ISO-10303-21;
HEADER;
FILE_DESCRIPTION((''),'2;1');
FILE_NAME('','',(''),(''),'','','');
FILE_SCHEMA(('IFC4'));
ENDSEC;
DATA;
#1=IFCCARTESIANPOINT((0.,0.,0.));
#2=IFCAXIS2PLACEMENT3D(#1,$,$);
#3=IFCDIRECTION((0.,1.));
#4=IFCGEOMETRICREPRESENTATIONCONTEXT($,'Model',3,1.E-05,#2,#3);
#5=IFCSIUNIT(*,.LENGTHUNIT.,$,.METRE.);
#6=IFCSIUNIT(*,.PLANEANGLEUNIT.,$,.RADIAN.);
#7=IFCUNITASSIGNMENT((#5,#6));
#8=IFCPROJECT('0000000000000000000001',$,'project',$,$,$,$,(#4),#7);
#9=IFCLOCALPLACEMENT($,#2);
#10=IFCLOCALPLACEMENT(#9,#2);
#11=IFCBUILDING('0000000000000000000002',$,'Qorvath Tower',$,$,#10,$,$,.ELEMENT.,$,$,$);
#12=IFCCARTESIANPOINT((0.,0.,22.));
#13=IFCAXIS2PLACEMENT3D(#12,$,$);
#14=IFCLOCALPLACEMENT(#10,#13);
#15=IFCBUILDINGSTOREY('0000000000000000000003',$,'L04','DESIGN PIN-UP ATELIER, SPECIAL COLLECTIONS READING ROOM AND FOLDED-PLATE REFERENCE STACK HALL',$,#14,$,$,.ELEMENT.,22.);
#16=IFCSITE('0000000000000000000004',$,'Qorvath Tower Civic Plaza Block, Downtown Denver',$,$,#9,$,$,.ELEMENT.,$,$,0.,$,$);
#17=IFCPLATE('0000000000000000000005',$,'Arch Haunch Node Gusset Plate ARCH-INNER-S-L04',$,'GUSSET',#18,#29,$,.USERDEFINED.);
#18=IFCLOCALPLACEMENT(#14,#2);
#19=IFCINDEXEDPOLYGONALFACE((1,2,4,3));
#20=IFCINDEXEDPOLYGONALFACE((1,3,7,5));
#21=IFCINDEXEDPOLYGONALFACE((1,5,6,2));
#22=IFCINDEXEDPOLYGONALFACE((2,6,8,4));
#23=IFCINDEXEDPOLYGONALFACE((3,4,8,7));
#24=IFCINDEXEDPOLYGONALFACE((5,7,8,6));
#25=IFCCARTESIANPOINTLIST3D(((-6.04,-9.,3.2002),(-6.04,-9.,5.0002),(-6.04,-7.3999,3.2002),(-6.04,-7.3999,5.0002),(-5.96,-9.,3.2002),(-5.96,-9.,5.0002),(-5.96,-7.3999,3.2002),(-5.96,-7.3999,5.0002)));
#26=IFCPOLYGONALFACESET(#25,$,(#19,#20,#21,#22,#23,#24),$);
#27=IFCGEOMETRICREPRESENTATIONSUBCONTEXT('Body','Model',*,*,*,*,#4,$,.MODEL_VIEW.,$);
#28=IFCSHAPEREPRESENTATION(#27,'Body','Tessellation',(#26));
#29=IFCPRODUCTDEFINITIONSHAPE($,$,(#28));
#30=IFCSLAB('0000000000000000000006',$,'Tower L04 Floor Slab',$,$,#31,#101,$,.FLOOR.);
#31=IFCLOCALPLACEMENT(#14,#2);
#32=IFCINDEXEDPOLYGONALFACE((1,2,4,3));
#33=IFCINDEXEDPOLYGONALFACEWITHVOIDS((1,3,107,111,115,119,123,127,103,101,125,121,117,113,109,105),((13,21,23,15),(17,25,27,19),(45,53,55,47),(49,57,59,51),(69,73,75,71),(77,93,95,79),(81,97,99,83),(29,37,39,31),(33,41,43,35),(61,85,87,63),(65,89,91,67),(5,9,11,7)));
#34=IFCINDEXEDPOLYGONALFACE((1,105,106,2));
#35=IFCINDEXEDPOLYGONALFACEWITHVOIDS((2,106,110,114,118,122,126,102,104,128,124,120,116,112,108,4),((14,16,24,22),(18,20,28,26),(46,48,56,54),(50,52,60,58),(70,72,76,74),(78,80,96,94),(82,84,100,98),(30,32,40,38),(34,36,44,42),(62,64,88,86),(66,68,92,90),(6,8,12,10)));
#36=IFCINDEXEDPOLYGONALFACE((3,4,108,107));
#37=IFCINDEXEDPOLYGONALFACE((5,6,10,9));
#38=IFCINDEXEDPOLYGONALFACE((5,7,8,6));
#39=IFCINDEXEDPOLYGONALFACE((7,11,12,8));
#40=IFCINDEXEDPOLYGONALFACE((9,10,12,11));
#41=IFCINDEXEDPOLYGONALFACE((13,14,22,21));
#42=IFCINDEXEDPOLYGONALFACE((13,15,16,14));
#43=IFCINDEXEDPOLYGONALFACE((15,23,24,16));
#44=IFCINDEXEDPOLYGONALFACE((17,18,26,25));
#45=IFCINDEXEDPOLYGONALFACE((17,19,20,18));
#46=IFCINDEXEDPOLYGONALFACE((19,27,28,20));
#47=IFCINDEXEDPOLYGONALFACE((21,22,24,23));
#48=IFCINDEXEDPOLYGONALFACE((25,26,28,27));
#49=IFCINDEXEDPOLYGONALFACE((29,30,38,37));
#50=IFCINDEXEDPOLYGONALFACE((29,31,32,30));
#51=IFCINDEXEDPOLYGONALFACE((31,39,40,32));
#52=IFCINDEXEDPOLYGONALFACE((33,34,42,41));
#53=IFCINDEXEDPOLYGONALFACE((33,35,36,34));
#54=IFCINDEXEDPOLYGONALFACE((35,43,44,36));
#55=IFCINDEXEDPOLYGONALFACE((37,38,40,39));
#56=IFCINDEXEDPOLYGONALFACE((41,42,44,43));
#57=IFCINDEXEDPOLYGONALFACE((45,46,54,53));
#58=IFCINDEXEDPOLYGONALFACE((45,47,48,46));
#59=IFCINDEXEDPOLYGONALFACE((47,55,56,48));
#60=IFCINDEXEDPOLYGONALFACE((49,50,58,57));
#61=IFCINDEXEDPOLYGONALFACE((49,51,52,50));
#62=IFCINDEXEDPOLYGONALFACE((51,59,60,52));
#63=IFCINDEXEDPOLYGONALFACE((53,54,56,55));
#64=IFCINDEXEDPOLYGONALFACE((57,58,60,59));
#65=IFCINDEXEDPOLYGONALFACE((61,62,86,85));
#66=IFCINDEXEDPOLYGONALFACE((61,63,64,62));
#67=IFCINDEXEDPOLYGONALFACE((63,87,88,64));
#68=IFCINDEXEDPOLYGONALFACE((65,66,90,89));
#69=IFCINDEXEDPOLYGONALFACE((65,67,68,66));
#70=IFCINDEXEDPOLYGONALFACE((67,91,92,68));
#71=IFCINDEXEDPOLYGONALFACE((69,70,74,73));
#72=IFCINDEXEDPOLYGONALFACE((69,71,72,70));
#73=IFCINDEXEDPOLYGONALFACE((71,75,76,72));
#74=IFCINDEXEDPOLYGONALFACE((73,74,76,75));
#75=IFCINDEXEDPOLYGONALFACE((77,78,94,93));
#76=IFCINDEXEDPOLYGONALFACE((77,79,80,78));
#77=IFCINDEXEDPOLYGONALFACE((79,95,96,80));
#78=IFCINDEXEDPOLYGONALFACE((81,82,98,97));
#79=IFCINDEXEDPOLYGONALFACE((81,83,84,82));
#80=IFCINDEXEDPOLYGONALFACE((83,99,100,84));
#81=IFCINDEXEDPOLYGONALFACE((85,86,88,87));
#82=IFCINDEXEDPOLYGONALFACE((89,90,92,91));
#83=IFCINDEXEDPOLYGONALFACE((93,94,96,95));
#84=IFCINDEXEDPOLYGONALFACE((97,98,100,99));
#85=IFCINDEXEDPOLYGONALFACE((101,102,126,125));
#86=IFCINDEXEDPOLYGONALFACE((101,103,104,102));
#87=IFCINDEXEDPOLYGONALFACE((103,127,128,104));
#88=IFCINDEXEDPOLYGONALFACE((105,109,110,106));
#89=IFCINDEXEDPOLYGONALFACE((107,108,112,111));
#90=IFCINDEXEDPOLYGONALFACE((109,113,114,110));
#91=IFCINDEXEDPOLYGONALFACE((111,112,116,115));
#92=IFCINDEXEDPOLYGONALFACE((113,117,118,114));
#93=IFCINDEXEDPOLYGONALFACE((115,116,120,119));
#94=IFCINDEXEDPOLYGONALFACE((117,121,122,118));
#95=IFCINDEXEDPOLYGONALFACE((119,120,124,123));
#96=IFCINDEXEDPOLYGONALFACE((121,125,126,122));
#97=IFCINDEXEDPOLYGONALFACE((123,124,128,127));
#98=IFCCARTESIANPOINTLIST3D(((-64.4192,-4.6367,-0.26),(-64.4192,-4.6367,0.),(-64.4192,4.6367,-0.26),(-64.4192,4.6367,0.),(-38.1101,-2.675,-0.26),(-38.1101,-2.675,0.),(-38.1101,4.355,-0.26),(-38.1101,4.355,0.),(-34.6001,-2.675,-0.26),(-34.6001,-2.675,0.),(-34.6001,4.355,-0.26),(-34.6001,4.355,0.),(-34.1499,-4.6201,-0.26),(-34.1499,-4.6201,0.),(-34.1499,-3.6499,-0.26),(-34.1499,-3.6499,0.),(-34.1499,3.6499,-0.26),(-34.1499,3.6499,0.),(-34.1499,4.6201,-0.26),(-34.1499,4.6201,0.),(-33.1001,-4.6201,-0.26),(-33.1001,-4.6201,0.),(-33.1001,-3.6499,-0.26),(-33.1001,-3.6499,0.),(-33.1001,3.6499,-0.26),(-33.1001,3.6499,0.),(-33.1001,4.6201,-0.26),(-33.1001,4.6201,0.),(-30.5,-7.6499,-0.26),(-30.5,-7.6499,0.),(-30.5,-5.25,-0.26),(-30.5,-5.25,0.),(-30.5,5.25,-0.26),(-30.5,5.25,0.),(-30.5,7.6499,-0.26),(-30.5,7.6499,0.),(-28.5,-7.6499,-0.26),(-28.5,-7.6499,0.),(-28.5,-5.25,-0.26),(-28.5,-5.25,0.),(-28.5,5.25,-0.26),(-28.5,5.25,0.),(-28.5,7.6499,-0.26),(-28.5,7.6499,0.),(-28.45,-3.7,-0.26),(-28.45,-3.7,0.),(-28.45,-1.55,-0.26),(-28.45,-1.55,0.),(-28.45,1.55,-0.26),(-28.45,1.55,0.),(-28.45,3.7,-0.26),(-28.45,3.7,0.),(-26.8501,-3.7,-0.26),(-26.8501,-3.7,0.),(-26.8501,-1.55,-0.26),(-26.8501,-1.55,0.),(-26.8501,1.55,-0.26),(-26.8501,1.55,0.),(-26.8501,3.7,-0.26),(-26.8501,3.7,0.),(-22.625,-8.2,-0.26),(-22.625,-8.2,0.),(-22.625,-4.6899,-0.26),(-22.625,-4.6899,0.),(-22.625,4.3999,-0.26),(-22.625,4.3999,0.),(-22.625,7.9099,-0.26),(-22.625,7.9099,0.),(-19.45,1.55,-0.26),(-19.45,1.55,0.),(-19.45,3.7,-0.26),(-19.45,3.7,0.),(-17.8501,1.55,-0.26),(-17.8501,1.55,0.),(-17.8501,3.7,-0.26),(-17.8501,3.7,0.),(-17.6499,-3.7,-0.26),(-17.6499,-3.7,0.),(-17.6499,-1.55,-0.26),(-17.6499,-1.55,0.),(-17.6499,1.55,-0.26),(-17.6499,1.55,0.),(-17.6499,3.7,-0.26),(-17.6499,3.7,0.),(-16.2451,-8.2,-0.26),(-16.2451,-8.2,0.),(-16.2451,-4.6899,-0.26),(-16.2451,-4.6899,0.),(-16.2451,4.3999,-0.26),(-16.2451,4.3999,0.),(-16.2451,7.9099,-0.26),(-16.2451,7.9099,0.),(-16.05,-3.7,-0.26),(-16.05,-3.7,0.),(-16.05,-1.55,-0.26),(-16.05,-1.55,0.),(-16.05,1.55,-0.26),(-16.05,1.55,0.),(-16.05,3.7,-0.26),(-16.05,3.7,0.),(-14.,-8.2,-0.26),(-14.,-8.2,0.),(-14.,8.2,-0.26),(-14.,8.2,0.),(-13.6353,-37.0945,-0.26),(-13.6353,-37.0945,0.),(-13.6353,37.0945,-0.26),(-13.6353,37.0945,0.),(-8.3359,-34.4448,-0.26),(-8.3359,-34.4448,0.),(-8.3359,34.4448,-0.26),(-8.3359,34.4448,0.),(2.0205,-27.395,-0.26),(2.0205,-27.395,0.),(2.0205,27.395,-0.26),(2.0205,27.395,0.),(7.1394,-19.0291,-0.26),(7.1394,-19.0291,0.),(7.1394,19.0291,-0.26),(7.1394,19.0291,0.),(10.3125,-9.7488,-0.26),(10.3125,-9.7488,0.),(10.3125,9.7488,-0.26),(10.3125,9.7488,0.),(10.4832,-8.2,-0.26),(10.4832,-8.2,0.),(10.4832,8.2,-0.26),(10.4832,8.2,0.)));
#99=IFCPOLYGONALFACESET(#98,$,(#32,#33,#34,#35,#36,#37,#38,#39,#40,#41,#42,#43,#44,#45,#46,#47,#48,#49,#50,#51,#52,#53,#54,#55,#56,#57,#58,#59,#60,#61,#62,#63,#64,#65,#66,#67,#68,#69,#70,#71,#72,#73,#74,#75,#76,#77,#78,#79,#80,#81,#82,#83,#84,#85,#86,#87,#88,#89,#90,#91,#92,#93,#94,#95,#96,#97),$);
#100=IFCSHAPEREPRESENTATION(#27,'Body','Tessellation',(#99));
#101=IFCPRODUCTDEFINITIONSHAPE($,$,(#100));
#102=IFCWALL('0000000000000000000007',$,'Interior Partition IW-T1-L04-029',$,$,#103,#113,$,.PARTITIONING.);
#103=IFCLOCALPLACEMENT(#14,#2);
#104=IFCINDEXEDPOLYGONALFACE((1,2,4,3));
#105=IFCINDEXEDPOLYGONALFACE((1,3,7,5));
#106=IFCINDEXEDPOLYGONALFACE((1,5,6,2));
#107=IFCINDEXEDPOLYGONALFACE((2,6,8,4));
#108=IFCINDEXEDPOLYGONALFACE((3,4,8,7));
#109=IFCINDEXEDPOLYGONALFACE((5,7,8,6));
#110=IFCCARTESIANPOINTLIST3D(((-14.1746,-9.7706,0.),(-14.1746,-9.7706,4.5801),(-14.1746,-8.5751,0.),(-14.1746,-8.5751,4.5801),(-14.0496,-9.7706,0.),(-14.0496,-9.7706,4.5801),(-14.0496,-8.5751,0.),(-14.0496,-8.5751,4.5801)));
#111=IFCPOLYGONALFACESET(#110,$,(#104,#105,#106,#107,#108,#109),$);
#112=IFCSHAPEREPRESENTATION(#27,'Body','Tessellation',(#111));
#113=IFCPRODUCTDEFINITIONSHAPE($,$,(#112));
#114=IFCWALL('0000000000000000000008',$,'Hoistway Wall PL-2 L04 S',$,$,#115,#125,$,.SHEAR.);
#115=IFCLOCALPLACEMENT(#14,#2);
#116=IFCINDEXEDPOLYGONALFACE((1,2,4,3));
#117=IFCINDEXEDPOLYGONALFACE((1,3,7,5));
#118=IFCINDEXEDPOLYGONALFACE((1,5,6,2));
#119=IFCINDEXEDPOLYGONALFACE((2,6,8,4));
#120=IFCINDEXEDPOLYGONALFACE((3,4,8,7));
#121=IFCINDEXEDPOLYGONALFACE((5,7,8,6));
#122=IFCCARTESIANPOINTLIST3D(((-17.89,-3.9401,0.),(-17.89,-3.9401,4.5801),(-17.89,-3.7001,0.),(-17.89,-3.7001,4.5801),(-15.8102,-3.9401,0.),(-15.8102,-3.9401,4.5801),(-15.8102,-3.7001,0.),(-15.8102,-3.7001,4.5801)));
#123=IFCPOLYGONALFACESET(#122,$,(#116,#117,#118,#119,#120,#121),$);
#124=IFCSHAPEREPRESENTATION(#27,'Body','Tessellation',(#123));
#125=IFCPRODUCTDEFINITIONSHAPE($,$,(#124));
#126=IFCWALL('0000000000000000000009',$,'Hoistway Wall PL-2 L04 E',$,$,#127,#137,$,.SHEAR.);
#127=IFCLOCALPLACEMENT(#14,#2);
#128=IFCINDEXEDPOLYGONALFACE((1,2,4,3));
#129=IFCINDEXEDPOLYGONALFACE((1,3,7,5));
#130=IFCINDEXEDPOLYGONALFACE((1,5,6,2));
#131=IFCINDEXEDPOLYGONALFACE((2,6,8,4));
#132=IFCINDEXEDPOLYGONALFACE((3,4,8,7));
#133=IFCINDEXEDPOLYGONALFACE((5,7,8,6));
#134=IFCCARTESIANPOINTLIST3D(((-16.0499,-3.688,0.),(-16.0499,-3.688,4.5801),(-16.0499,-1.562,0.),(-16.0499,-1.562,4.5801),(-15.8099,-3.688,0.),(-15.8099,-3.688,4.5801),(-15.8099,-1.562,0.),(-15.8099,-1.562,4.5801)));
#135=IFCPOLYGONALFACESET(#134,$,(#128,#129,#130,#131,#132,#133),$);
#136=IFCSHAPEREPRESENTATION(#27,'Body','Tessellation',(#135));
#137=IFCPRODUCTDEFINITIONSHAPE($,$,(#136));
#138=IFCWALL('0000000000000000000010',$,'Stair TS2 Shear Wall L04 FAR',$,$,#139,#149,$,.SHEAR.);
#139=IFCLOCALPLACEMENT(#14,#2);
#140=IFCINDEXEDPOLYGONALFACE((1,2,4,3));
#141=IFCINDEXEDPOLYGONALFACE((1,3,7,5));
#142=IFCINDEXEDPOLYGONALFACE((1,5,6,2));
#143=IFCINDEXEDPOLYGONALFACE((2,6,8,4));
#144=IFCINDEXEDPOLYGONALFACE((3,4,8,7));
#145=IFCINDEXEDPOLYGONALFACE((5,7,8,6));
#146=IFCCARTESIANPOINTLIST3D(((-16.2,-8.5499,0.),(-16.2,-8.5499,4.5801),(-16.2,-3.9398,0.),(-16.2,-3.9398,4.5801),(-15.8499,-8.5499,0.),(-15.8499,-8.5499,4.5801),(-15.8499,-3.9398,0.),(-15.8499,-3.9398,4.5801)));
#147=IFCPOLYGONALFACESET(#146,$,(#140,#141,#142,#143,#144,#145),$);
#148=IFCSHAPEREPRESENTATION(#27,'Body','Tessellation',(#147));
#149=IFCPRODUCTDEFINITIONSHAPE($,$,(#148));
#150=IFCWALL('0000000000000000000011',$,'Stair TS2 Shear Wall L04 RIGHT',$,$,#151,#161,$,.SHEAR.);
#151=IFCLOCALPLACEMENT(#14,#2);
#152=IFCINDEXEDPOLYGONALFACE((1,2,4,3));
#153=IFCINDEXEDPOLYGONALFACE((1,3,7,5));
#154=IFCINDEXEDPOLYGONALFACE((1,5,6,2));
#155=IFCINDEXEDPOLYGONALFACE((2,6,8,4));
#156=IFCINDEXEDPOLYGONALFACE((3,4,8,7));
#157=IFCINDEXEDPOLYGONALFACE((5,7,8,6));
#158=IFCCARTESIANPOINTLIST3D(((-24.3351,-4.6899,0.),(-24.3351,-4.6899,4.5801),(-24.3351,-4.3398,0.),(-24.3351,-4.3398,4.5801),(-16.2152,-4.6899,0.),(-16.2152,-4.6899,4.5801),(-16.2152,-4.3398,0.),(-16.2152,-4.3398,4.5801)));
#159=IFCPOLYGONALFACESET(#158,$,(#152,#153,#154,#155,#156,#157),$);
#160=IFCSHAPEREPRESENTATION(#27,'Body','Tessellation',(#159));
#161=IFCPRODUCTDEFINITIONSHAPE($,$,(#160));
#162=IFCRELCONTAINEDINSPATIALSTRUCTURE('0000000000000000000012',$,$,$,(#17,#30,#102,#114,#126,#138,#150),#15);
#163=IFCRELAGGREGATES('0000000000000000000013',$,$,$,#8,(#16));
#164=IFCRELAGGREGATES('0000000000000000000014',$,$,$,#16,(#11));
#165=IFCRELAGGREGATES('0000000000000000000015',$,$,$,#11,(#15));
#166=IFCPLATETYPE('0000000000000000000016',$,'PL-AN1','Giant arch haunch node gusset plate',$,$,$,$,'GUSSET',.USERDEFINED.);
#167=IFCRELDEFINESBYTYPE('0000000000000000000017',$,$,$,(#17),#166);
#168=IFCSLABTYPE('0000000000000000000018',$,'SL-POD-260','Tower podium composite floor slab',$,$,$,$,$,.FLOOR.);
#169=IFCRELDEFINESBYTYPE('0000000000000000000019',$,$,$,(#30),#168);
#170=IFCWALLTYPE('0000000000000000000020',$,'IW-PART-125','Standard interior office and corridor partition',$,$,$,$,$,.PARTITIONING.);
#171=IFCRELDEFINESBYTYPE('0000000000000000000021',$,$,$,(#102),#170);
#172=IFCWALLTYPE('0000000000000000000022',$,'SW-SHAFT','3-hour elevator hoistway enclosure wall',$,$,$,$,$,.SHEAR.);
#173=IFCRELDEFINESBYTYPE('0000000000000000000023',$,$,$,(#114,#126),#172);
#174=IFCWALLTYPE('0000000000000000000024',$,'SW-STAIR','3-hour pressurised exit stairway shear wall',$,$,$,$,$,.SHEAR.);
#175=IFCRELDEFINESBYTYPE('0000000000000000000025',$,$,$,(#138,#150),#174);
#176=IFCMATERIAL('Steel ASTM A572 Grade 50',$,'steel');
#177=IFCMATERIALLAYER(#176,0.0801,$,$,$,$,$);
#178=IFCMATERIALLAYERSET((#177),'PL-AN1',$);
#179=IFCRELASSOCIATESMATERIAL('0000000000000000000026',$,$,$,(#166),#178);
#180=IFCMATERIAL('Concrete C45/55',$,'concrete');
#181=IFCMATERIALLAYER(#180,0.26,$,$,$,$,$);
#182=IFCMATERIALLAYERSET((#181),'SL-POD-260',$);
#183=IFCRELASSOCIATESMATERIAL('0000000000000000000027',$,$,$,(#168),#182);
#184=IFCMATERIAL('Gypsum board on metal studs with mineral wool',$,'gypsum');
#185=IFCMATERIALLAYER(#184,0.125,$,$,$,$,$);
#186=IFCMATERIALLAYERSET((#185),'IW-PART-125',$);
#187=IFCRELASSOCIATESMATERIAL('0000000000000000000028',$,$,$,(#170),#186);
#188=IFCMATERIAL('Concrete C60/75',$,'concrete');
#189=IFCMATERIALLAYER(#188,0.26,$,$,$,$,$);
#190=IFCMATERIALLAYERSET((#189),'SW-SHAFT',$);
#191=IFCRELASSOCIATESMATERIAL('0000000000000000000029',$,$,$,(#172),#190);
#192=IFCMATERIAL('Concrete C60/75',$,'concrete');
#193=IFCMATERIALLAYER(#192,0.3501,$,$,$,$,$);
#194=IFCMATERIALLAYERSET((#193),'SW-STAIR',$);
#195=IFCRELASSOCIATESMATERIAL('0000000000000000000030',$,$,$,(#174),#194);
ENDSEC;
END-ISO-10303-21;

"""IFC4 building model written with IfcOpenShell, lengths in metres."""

from ifc_helpers import new_model, si_unit, direction, frame, frame_2d, origin, origin_2d, place, context, subcontext, project, spatial, polyline, rectangle, outline, extrude, material, layer, layer_set, type_object, element, save


model = new_model("IFC4")

# Units and contexts
model_context = context("Model", 3, precision=1e-05, world=origin(), true_north=direction((0.0, 1.0)))
body_context = subcontext(model_context, "Body", "Model", "MODEL_VIEW")
ifc_project = project(units=[si_unit("LENGTHUNIT", "METRE"), si_unit("PLANEANGLEUNIT", "RADIAN")], contexts=[model_context])

# Site, building, storey
site_placement = place(None, origin())
site = spatial("IfcSite", under=ifc_project, at=site_placement, Name="Qorvath Tower Civic Plaza Block, Downtown Denver", CompositionType="ELEMENT", RefElevation=0.0)
building_placement = place(site_placement, origin())
building = spatial("IfcBuilding", under=site, at=building_placement, Name="Qorvath Tower", CompositionType="ELEMENT")
storey_placement = place(building_placement, frame((0.0, 0.0, 22.0)))
storey = spatial("IfcBuildingStorey", under=building, at=storey_placement, Name="L04", Description="DESIGN PIN-UP ATELIER, SPECIAL COLLECTIONS READING ROOM AND FOLDED-PLATE REFERENCE STACK HALL", CompositionType="ELEMENT", Elevation=22.0)

# Plate
ifc_material_1 = material(Name="Steel ASTM A572 Grade 50", Category="steel")
ifc_layer_1 = layer(ifc_material_1, 0.0801)
ifc_layer_set_1 = layer_set([ifc_layer_1], Name="PL-AN1")
plate_type = type_object("IfcPlateType", Name="PL-AN1", Description="Giant arch haunch node gusset plate", ElementType="GUSSET", PredefinedType="USERDEFINED", material=ifc_layer_set_1)
plate_placement = place(storey_placement, frame((-6.0, -8.2, 3.2002), z_axis=(0.0, 0.0, 1.0), x_axis=(0.0, 1.0, 0.0)))
element("IfcPlate", 1, at=plate_placement, inside=storey, type_object=plate_type, Name="Arch Haunch Node Gusset Plate ARCH-INNER-S-L04", ObjectType="GUSSET", PredefinedType="USERDEFINED", context=body_context, shape_type="SweptSolid", body=[
    extrude(rectangle(XDim=1.6001, YDim=0.0801, at=origin_2d()), origin(), (0.0, 0.0, 1.0), 1.8),
])

# Slab
ifc_material_2 = material(Name="Concrete C45/55", Category="concrete")
ifc_layer_2 = layer(ifc_material_2, 0.26)
ifc_layer_set_2 = layer_set([ifc_layer_2], Name="SL-POD-260")
slab_type = type_object("IfcSlabType", Name="SL-POD-260", Description="Tower podium composite floor slab", PredefinedType="FLOOR", material=ifc_layer_set_2)
slab_placement = place(storey_placement, frame((0.0, 0.0, -0.26)))
element("IfcSlab", 2, at=slab_placement, inside=storey, type_object=slab_type, Name="Tower L04 Floor Slab", PredefinedType="FLOOR", context=body_context, shape_type="SweptSolid", body=[
    extrude(outline(polyline([(10.3125, -9.7488), (10.4832, -8.2), (-14.0, -8.2), (-14.0, 8.2), (10.4832, 8.2), (10.3125, 9.7488), (7.1394, 19.0291), (2.0205, 27.395), (-8.3359, 34.4448), (-13.6353, 37.0945), (-64.4192, 4.6367), (-64.4192, -4.6367), (-13.6353, -37.0945), (-8.3359, -34.4448), (2.0205, -27.395), (7.1394, -19.0291), (10.3125, -9.7488)]), holes=[polyline([(-17.6499, -3.7), (-17.6499, -1.55), (-16.05, -1.55), (-16.05, -3.7), (-17.6499, -3.7)]), polyline([(-17.6499, 1.55), (-17.6499, 3.7), (-16.05, 3.7), (-16.05, 1.55), (-17.6499, 1.55)]), polyline([(-16.2451, -8.2), (-22.625, -8.2), (-22.625, -4.6899), (-16.2451, -4.6899), (-16.2451, -8.2)]), polyline([(-22.625, 4.3999), (-22.625, 7.9099), (-16.2451, 7.9099), (-16.2451, 4.3999), (-22.625, 4.3999)]), polyline([(-17.8501, 1.55), (-19.45, 1.55), (-19.45, 3.7), (-17.8501, 3.7), (-17.8501, 1.55)]), polyline([(-28.45, -3.7), (-28.45, -1.55), (-26.8501, -1.55), (-26.8501, -3.7), (-28.45, -3.7)]), polyline([(-26.8501, 1.55), (-28.45, 1.55), (-28.45, 3.7), (-26.8501, 3.7), (-26.8501, 1.55)]), polyline([(-28.5, -7.6499), (-30.5, -7.6499), (-30.5, -5.25), (-28.5, -5.25), (-28.5, -7.6499)]), polyline([(-30.5, 5.25), (-30.5, 7.6499), (-28.5, 7.6499), (-28.5, 5.25), (-30.5, 5.25)]), polyline([(-34.1499, -4.6201), (-34.1499, -3.6499), (-33.1001, -3.6499), (-33.1001, -4.6201), (-34.1499, -4.6201)]), polyline([(-34.1499, 3.6499), (-34.1499, 4.6201), (-33.1001, 4.6201), (-33.1001, 3.6499), (-34.1499, 3.6499)]), polyline([(-34.6001, -2.675), (-38.1101, -2.675), (-38.1101, 4.355), (-34.6001, 4.355), (-34.6001, -2.675)])]), origin(), (0.0, 0.0, 1.0), 0.26),
])

# Walls
ifc_material_3 = material(Name="Gypsum board on metal studs with mineral wool", Category="gypsum")
ifc_layer_3 = layer(ifc_material_3, 0.125)
ifc_layer_set_3 = layer_set([ifc_layer_3], Name="IW-PART-125")
wall_type_1 = type_object("IfcWallType", Name="IW-PART-125", Description="Standard interior office and corridor partition", PredefinedType="PARTITIONING", material=ifc_layer_set_3)
wall_1_placement = place(storey_placement, frame((-14.1121, -9.7705, 0.0), z_axis=(0.0, 0.0, 1.0), x_axis=(0.0, 1.0, 0.0)))
element("IfcWall", 3, at=wall_1_placement, inside=storey, type_object=wall_type_1, Name="Interior Partition IW-T1-L04-029", PredefinedType="PARTITIONING", context=body_context, shape_type="SweptSolid", body=[
    extrude(rectangle(XDim=1.1956, YDim=0.125, at=frame_2d((0.5977, 0.0))), origin(), (0.0, 0.0, 1.0), 4.5801),
])
ifc_material_4 = material(Name="Concrete C60/75", Category="concrete")
ifc_layer_4 = layer(ifc_material_4, 0.26)
ifc_layer_set_4 = layer_set([ifc_layer_4], Name="SW-SHAFT")
wall_type_2 = type_object("IfcWallType", Name="SW-SHAFT", Description="3-hour elevator hoistway enclosure wall", PredefinedType="SHEAR", material=ifc_layer_set_4)
wall_2_placement = place(storey_placement, frame((-15.8101, -3.8201, 0.0), z_axis=(0.0, 0.0, 1.0), x_axis=(-1.0, 0.0, 0.0)))
element("IfcWall", 4, at=wall_2_placement, inside=storey, type_object=wall_type_2, Name="Hoistway Wall PL-2 L04 S", PredefinedType="SHEAR", context=body_context, shape_type="SweptSolid", body=[
    extrude(rectangle(XDim=2.0798, YDim=0.24, at=frame_2d((1.04, 0.0))), origin(), (0.0, 0.0, 1.0), 4.5801),
])
wall_3_placement = place(storey_placement, frame((-15.9299, -1.562, 0.0), z_axis=(0.0, 0.0, 1.0), x_axis=(0.0, -1.0, 0.0)))
element("IfcWall", 5, at=wall_3_placement, inside=storey, type_object=wall_type_2, Name="Hoistway Wall PL-2 L04 E", PredefinedType="SHEAR", context=body_context, shape_type="SweptSolid", body=[
    extrude(rectangle(XDim=2.126, YDim=0.24, at=frame_2d((1.063, 0.0))), origin(), (0.0, 0.0, 1.0), 4.5801),
])
ifc_material_5 = material(Name="Concrete C60/75", Category="concrete")
ifc_layer_5 = layer(ifc_material_5, 0.3501)
ifc_layer_set_5 = layer_set([ifc_layer_5], Name="SW-STAIR")
wall_type_3 = type_object("IfcWallType", Name="SW-STAIR", Description="3-hour pressurised exit stairway shear wall", PredefinedType="SHEAR", material=ifc_layer_set_5)
wall_4_placement = place(storey_placement, frame((-16.0249, -8.55, 0.0), z_axis=(0.0, 0.0, 1.0), x_axis=(0.0, 1.0, 0.0)))
element("IfcWall", 6, at=wall_4_placement, inside=storey, type_object=wall_type_3, Name="Stair TS2 Shear Wall L04 FAR", PredefinedType="SHEAR", context=body_context, shape_type="SweptSolid", body=[
    extrude(rectangle(XDim=4.6101, YDim=0.3501, at=frame_2d((2.3052, 0.0))), origin(), (0.0, 0.0, 1.0), 4.5801),
])
wall_5_placement = place(storey_placement, frame((-16.2151, -4.5149, 0.0), z_axis=(0.0, 0.0, 1.0), x_axis=(-1.0, 0.0, 0.0)))
element("IfcWall", 7, at=wall_5_placement, inside=storey, type_object=wall_type_3, Name="Stair TS2 Shear Wall L04 RIGHT", PredefinedType="SHEAR", context=body_context, shape_type="SweptSolid", body=[
    extrude(rectangle(XDim=8.1199, YDim=0.3501, at=frame_2d((4.0601, 0.0))), origin(), (0.0, 0.0, 1.0), 4.5801),
])

save(model, "model.ifc")
